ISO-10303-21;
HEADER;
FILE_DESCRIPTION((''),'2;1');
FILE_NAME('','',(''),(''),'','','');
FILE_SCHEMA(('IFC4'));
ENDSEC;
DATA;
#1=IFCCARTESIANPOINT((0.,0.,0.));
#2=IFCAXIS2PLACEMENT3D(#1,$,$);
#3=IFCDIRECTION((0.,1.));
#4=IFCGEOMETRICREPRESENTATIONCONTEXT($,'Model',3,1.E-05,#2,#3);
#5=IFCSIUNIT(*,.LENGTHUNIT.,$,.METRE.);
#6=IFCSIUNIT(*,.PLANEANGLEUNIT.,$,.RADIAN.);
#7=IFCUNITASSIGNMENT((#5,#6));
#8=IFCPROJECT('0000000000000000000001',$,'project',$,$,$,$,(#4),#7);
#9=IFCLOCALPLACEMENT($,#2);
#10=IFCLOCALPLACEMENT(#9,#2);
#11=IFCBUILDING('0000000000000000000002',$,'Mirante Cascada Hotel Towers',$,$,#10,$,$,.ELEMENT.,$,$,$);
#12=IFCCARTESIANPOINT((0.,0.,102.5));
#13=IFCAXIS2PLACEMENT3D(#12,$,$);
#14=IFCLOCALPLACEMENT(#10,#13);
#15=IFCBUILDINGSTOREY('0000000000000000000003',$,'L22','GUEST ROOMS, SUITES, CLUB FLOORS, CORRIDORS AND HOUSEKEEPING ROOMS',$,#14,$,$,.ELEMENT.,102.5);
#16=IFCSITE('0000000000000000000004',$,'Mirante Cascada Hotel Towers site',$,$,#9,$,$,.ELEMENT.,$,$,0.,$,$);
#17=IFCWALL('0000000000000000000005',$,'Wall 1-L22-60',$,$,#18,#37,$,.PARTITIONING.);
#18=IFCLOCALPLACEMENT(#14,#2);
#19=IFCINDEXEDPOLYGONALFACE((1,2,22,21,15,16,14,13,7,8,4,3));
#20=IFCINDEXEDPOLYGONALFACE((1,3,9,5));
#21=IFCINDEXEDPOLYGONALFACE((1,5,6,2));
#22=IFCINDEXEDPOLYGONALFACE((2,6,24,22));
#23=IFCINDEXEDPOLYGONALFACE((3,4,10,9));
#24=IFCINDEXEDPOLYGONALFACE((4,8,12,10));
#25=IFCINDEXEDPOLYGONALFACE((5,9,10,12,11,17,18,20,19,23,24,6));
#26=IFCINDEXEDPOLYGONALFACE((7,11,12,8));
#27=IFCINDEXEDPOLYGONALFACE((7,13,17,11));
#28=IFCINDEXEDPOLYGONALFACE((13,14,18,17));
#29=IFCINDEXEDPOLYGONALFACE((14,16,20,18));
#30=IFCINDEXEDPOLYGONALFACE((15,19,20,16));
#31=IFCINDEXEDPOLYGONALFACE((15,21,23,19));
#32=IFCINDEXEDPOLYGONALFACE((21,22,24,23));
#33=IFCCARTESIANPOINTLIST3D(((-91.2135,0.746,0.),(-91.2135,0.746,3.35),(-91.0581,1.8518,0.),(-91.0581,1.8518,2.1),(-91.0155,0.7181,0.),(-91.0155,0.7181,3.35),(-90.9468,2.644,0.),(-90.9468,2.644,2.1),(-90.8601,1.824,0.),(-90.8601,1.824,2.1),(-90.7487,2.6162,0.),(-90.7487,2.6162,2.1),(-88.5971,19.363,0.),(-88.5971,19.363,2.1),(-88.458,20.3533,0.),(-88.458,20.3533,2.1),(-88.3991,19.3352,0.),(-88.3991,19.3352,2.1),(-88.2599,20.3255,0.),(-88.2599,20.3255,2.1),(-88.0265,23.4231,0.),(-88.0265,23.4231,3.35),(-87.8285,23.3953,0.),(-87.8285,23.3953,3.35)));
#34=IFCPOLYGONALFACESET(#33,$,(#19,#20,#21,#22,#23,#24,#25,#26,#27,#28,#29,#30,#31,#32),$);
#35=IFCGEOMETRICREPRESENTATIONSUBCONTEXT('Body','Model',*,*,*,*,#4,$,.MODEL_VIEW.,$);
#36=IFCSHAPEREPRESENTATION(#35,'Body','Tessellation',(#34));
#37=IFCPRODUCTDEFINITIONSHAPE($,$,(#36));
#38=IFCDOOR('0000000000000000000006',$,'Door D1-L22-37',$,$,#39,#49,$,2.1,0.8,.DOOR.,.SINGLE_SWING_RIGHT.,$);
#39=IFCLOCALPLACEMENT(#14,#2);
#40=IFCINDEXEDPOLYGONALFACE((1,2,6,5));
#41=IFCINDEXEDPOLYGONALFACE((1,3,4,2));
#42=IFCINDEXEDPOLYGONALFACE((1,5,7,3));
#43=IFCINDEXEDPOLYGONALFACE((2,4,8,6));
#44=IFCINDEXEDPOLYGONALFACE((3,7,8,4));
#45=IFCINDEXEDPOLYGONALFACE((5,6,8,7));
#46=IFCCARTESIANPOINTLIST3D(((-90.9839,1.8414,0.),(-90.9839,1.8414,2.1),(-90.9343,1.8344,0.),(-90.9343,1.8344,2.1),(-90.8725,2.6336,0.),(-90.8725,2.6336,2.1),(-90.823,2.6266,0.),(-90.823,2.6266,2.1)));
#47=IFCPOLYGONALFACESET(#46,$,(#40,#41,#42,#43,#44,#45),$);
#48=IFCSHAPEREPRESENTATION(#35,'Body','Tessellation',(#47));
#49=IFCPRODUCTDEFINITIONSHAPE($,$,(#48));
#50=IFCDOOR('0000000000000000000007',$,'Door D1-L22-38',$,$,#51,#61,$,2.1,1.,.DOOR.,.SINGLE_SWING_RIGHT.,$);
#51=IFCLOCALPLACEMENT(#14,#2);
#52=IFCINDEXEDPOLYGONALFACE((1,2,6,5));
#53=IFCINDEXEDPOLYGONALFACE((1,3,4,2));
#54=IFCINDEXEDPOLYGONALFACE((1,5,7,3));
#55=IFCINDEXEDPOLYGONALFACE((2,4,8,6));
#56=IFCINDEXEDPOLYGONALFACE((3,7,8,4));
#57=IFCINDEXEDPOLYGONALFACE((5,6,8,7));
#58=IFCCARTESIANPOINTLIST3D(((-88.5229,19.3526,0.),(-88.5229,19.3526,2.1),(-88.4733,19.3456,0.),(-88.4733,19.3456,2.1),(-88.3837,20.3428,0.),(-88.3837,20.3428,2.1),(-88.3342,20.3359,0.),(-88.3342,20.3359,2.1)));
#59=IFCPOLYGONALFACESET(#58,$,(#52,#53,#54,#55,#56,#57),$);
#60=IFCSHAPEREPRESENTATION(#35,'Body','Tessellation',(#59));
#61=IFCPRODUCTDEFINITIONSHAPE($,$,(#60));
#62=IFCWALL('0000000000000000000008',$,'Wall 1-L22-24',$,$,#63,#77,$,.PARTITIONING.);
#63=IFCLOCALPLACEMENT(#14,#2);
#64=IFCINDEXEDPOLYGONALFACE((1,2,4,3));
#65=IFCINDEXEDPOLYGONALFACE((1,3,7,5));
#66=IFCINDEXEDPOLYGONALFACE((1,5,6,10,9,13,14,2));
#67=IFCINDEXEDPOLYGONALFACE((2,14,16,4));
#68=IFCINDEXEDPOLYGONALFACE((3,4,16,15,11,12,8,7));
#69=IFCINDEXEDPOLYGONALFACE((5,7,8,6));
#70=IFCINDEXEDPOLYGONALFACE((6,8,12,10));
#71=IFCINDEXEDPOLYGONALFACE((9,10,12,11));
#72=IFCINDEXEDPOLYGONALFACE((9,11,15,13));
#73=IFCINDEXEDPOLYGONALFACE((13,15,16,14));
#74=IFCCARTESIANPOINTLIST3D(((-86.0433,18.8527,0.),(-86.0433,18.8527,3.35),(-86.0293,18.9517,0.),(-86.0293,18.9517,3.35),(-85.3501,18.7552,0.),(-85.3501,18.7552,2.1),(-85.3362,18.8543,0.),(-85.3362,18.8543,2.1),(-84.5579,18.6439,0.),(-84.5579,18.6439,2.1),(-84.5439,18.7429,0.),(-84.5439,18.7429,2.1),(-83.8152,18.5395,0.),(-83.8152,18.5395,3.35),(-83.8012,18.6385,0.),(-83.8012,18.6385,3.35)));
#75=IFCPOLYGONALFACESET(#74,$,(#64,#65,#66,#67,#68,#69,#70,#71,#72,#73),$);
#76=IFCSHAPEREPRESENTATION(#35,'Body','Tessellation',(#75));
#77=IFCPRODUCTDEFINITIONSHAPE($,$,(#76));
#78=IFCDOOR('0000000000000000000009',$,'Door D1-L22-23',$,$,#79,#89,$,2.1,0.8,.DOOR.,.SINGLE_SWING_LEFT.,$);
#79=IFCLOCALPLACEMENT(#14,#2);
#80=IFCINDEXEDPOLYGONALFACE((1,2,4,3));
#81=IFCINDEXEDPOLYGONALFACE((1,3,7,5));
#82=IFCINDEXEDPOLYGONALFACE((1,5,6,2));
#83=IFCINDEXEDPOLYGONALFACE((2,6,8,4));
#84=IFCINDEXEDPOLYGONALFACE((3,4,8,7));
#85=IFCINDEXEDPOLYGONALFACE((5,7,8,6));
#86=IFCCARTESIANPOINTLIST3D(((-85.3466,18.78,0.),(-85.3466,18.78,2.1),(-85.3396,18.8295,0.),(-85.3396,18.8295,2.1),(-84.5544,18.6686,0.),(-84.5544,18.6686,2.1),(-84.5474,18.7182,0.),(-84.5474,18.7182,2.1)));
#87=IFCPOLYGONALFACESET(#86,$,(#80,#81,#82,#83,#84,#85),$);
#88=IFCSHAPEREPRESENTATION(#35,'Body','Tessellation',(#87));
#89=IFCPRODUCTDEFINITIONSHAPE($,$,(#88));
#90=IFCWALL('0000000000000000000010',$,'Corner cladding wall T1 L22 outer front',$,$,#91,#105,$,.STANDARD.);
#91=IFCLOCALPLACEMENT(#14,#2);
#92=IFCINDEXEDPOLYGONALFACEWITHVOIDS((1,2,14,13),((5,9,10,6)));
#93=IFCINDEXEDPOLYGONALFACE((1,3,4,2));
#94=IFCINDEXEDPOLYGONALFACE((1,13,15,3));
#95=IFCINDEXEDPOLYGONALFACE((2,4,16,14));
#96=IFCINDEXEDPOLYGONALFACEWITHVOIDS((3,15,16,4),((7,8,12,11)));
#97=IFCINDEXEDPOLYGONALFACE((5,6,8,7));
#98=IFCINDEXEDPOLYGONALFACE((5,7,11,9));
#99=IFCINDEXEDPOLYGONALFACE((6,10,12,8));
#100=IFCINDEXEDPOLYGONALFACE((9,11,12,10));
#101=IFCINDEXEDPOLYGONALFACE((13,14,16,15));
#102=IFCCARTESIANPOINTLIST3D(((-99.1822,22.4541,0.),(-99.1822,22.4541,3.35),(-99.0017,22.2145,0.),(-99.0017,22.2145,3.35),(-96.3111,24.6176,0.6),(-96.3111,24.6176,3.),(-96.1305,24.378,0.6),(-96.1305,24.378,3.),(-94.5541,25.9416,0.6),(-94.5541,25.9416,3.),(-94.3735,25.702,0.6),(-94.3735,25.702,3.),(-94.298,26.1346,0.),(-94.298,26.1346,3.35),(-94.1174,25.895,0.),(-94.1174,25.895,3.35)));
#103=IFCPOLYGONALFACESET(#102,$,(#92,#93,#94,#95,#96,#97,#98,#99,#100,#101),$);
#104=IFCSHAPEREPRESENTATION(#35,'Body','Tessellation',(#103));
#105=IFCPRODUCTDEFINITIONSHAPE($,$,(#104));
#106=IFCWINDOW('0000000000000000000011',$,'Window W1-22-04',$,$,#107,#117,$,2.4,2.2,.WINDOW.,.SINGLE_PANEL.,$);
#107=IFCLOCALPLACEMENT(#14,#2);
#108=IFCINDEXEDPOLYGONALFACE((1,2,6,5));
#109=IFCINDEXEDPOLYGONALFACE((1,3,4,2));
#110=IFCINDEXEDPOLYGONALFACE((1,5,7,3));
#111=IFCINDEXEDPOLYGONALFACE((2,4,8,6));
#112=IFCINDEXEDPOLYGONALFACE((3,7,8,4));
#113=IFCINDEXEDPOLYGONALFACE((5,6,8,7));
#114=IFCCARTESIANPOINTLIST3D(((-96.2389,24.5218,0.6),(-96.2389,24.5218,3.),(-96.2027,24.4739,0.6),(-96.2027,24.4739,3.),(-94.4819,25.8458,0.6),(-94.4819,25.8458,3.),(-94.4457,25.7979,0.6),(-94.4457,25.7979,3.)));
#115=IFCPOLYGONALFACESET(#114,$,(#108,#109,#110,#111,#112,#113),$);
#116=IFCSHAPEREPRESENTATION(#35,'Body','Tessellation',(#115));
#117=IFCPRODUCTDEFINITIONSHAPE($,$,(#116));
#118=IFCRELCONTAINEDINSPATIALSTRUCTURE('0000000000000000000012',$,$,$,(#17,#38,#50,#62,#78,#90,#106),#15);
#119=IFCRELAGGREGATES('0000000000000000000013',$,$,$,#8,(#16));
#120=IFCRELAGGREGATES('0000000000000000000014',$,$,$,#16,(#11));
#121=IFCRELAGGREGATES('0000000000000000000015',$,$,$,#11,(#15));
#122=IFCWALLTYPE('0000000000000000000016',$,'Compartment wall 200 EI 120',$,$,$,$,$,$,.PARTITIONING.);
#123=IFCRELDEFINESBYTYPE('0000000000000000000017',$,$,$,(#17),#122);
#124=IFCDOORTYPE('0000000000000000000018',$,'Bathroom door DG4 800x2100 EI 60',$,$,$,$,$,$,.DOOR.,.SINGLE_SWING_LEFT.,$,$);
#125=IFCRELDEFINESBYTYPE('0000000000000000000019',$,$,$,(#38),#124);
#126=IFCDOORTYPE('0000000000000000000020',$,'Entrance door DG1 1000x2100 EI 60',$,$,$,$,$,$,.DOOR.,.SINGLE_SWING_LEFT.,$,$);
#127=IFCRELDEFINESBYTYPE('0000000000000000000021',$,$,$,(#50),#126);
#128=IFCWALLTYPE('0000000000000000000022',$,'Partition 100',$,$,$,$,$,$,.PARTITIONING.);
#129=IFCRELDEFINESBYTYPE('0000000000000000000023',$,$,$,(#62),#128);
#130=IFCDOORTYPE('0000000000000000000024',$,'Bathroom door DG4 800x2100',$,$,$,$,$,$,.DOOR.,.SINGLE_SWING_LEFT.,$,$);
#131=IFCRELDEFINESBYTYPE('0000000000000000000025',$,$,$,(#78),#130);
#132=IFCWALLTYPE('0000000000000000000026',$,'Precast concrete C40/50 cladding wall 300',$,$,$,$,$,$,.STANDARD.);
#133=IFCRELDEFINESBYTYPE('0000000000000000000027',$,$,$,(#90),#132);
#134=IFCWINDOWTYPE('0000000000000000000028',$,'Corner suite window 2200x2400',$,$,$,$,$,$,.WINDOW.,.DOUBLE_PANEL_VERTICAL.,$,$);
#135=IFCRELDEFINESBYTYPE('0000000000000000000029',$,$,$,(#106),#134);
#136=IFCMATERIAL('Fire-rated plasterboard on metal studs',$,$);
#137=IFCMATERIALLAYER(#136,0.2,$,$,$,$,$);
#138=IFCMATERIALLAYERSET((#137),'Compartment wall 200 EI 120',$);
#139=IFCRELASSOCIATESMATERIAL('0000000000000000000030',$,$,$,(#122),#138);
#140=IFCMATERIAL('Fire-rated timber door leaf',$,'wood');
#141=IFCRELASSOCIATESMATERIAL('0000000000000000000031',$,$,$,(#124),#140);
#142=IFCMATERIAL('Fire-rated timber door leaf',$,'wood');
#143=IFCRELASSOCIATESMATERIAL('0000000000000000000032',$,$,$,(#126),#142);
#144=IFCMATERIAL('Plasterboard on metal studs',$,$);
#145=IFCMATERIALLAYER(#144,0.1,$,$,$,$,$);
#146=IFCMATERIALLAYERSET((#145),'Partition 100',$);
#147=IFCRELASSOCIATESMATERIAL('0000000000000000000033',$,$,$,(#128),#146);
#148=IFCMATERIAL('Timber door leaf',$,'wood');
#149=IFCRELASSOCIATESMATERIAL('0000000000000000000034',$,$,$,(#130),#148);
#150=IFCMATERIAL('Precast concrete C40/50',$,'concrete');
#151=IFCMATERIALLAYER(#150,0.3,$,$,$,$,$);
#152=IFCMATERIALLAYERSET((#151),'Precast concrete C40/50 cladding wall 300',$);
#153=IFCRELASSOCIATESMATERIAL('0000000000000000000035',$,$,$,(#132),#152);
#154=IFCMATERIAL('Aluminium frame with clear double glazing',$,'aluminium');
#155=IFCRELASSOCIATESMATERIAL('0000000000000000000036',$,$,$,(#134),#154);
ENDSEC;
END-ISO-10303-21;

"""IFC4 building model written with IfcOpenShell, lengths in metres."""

from ifc_helpers import new_model, si_unit, direction, frame, frame_2d, origin, place, context, subcontext, project, spatial, rectangle, extrude, material, layer, layer_set, type_object, element, fill, save


model = new_model("IFC4")

# Units and contexts
model_context = context("Model", 3, precision=1e-05, world=origin(), true_north=direction((0.0, 1.0)))
body_context = subcontext(model_context, "Body", "Model", "MODEL_VIEW")
ifc_project = project(units=[si_unit("LENGTHUNIT", "METRE"), si_unit("PLANEANGLEUNIT", "RADIAN")], contexts=[model_context])

# Site, building, storey
site_placement = place(None, origin())
site = spatial("IfcSite", under=ifc_project, at=site_placement, Name="Mirante Cascada Hotel Towers site", CompositionType="ELEMENT", RefElevation=0.0)
building_placement = place(site_placement, origin())
building = spatial("IfcBuilding", under=site, at=building_placement, Name="Mirante Cascada Hotel Towers", CompositionType="ELEMENT")
storey_placement = place(building_placement, frame((0.0, 0.0, 102.5)))
storey = spatial("IfcBuildingStorey", under=building, at=storey_placement, Name="L22", Description="GUEST ROOMS, SUITES, CLUB FLOORS, CORRIDORS AND HOUSEKEEPING ROOMS", CompositionType="ELEMENT", Elevation=102.5)

# Shared definitions
ifc_material_1 = material(Name="Fire-rated plasterboard on metal studs")
ifc_layer_1 = layer(ifc_material_1, 0.2)
ifc_layer_set_1 = layer_set([ifc_layer_1], Name="Compartment wall 200 EI 120")
wall_type_1 = type_object("IfcWallType", Name="Compartment wall 200 EI 120", PredefinedType="PARTITIONING", material=ifc_layer_set_1)

# Wall, openings, doors
wall_1_placement = place(storey_placement, frame((-87.9275, 23.4092, 0.0), z_axis=(0.0, 0.0, 1.0), x_axis=(-0.139171, -0.990268, 0.0)))
wall_1 = element("IfcWall", 1, at=wall_1_placement, inside=storey, type_object=wall_type_1, Name="Wall 1-L22-60", PredefinedType="PARTITIONING", context=body_context, shape_type="SweptSolid", body=[
    extrude(rectangle(XDim=22.9, YDim=0.2, at=frame_2d((11.45, 0.0))), origin(), (0.0, 0.0, 1.0), 3.35),
])
opening_1_placement = place(wall_1_placement, frame((20.9833, 0.0, 0.0)))
opening_1 = element("IfcOpeningElement", 2, at=opening_1_placement, cuts=wall_1, PredefinedType="OPENING", context=body_context, shape_type="SweptSolid", body=[
    extrude(rectangle(XDim=0.8, YDim=2.1, at=frame_2d((0.4, 1.05))), frame((0.0, 0.1, 0.0), z_axis=(0.0, -1.0, 0.0), x_axis=(1.0, 0.0, 0.0)), (0.0, 0.0, 1.0), 0.2),
])
opening_2_placement = place(wall_1_placement, frame((3.1, 0.0, 0.0)))
opening_2 = element("IfcOpeningElement", 3, at=opening_2_placement, cuts=wall_1, PredefinedType="OPENING", context=body_context, shape_type="SweptSolid", body=[
    extrude(rectangle(XDim=1.0, YDim=2.1, at=frame_2d((0.5, 1.05))), frame((0.0, 0.1, 0.0), z_axis=(0.0, -1.0, 0.0), x_axis=(1.0, 0.0, 0.0)), (0.0, 0.0, 1.0), 0.2),
])
ifc_material_2 = material(Name="Fire-rated timber door leaf", Category="wood")
door_type_1 = type_object("IfcDoorType", Name="Bathroom door DG4 800x2100 EI 60", OperationType="SINGLE_SWING_LEFT", PredefinedType="DOOR", material=ifc_material_2)
door_1_placement = place(opening_1_placement, frame((0.8, 0.0, 0.0), z_axis=(0.0, 0.0, 1.0), x_axis=(-1.0, 0.0, 0.0)))
door_1 = element("IfcDoor", 4, at=door_1_placement, inside=storey, type_object=door_type_1, Name="Door D1-L22-37", OperationType="SINGLE_SWING_RIGHT", OverallHeight=2.1, OverallWidth=0.8, PredefinedType="DOOR", context=body_context, shape_type="SweptSolid", body=[
    extrude(rectangle(XDim=0.8, YDim=2.1, at=frame_2d((0.4, 1.05))), frame((0.0, 0.025, 0.0), z_axis=(0.0, -1.0, 0.0), x_axis=(1.0, 0.0, 0.0)), (0.0, 0.0, 1.0), 0.05),
])
fill(opening_1, door_1)
ifc_material_3 = material(Name="Fire-rated timber door leaf", Category="wood")
door_type_2 = type_object("IfcDoorType", Name="Entrance door DG1 1000x2100 EI 60", OperationType="SINGLE_SWING_LEFT", PredefinedType="DOOR", material=ifc_material_3)
door_2_placement = place(opening_2_placement, frame((1.0, 0.0, 0.0), z_axis=(0.0, 0.0, 1.0), x_axis=(-1.0, 0.0, 0.0)))
door_2 = element("IfcDoor", 5, at=door_2_placement, inside=storey, type_object=door_type_2, Name="Door D1-L22-38", OperationType="SINGLE_SWING_RIGHT", OverallHeight=2.1, OverallWidth=1.0, PredefinedType="DOOR", context=body_context, shape_type="SweptSolid", body=[
    extrude(rectangle(XDim=1.0, YDim=2.1, at=frame_2d((0.5, 1.05))), frame((0.0, 0.025, 0.0), z_axis=(0.0, -1.0, 0.0), x_axis=(1.0, 0.0, 0.0)), (0.0, 0.0, 1.0), 0.05),
])
fill(opening_2, door_2)

# Wall, opening, door
ifc_material_4 = material(Name="Plasterboard on metal studs")
ifc_layer_2 = layer(ifc_material_4, 0.1)
ifc_layer_set_2 = layer_set([ifc_layer_2], Name="Partition 100")
wall_type_2 = type_object("IfcWallType", Name="Partition 100", PredefinedType="PARTITIONING", material=ifc_layer_set_2)
wall_2_placement = place(storey_placement, frame((-86.0363, 18.9022, 0.0), z_axis=(0.0, 0.0, 1.0), x_axis=(0.990264, -0.1392, 0.0)))
wall_2 = element("IfcWall", 6, at=wall_2_placement, inside=storey, type_object=wall_type_2, Name="Wall 1-L22-24", PredefinedType="PARTITIONING", context=body_context, shape_type="SweptSolid", body=[
    extrude(rectangle(XDim=2.25, YDim=0.1, at=frame_2d((1.125, 0.0))), origin(), (0.0, 0.0, 1.0), 3.35),
])
opening_3_placement = place(wall_2_placement, frame((0.7, 0.0, 0.0)))
opening_3 = element("IfcOpeningElement", 7, at=opening_3_placement, cuts=wall_2, PredefinedType="OPENING", context=body_context, shape_type="SweptSolid", body=[
    extrude(rectangle(XDim=0.8, YDim=2.1, at=frame_2d((0.4, 1.05))), frame((0.0, 0.05, 0.0), z_axis=(0.0, -1.0, 0.0), x_axis=(1.0, 0.0, 0.0)), (0.0, 0.0, 1.0), 0.1),
])
ifc_material_5 = material(Name="Timber door leaf", Category="wood")
door_type_3 = type_object("IfcDoorType", Name="Bathroom door DG4 800x2100", OperationType="SINGLE_SWING_LEFT", PredefinedType="DOOR", material=ifc_material_5)
door_3_placement = place(opening_3_placement, origin())
door_3 = element("IfcDoor", 8, at=door_3_placement, inside=storey, type_object=door_type_3, Name="Door D1-L22-23", OperationType="SINGLE_SWING_LEFT", OverallHeight=2.1, OverallWidth=0.8, PredefinedType="DOOR", context=body_context, shape_type="SweptSolid", body=[
    extrude(rectangle(XDim=0.8, YDim=2.1, at=frame_2d((0.4, 1.05))), frame((0.0, 0.025, 0.0), z_axis=(0.0, -1.0, 0.0), x_axis=(1.0, 0.0, 0.0)), (0.0, 0.0, 1.0), 0.05),
])
fill(opening_3, door_3)

# Wall, opening, window
ifc_material_6 = material(Name="Precast concrete C40/50", Category="concrete")
ifc_layer_3 = layer(ifc_material_6, 0.3)
ifc_layer_set_3 = layer_set([ifc_layer_3], Name="Precast concrete C40/50 cladding wall 300")
wall_type_3 = type_object("IfcWallType", Name="Precast concrete C40/50 cladding wall 300", PredefinedType="STANDARD", material=ifc_layer_set_3)
wall_3_placement = place(storey_placement, frame((-99.0919, 22.3343, 0.0), z_axis=(0.0, 0.0, 1.0), x_axis=(0.798636, 0.601814, 0.0)))
wall_3 = element("IfcWall", 9, at=wall_3_placement, inside=storey, type_object=wall_type_3, Name="Corner cladding wall T1 L22 outer front", PredefinedType="STANDARD", context=body_context, shape_type="SweptSolid", body=[
    extrude(rectangle(XDim=6.1157, YDim=0.3, at=frame_2d((3.0578, 0.0))), origin(), (0.0, 0.0, 1.0), 3.35),
])
opening_4_placement = place(wall_3_placement, frame((3.595, 0.0, 0.6)))
opening_4 = element("IfcOpeningElement", 10, at=opening_4_placement, cuts=wall_3, PredefinedType="OPENING", context=body_context, shape_type="SweptSolid", body=[
    extrude(rectangle(XDim=2.2, YDim=2.4, at=frame_2d((1.1, 1.2))), frame((0.0, 0.15, 0.0), z_axis=(0.0, -1.0, 0.0), x_axis=(1.0, 0.0, 0.0)), (0.0, 0.0, 1.0), 0.3),
])
ifc_material_7 = material(Name="Aluminium frame with clear double glazing", Category="aluminium")
window_type = type_object("IfcWindowType", Name="Corner suite window 2200x2400", PartitioningType="DOUBLE_PANEL_VERTICAL", PredefinedType="WINDOW", material=ifc_material_7)
window_placement = place(opening_4_placement, origin())
window = element("IfcWindow", 11, at=window_placement, inside=storey, type_object=window_type, Name="Window W1-22-04", OverallHeight=2.4, OverallWidth=2.2, PartitioningType="SINGLE_PANEL", PredefinedType="WINDOW", context=body_context, shape_type="SweptSolid", body=[
    extrude(rectangle(XDim=2.2, YDim=2.4, at=frame_2d((1.1, 1.2))), frame((0.0, 0.03, 0.0), z_axis=(0.0, -1.0, 0.0), x_axis=(1.0, 0.0, 0.0)), (0.0, 0.0, 1.0), 0.06),
])
fill(opening_4, window)

save(model, "model.ifc")
